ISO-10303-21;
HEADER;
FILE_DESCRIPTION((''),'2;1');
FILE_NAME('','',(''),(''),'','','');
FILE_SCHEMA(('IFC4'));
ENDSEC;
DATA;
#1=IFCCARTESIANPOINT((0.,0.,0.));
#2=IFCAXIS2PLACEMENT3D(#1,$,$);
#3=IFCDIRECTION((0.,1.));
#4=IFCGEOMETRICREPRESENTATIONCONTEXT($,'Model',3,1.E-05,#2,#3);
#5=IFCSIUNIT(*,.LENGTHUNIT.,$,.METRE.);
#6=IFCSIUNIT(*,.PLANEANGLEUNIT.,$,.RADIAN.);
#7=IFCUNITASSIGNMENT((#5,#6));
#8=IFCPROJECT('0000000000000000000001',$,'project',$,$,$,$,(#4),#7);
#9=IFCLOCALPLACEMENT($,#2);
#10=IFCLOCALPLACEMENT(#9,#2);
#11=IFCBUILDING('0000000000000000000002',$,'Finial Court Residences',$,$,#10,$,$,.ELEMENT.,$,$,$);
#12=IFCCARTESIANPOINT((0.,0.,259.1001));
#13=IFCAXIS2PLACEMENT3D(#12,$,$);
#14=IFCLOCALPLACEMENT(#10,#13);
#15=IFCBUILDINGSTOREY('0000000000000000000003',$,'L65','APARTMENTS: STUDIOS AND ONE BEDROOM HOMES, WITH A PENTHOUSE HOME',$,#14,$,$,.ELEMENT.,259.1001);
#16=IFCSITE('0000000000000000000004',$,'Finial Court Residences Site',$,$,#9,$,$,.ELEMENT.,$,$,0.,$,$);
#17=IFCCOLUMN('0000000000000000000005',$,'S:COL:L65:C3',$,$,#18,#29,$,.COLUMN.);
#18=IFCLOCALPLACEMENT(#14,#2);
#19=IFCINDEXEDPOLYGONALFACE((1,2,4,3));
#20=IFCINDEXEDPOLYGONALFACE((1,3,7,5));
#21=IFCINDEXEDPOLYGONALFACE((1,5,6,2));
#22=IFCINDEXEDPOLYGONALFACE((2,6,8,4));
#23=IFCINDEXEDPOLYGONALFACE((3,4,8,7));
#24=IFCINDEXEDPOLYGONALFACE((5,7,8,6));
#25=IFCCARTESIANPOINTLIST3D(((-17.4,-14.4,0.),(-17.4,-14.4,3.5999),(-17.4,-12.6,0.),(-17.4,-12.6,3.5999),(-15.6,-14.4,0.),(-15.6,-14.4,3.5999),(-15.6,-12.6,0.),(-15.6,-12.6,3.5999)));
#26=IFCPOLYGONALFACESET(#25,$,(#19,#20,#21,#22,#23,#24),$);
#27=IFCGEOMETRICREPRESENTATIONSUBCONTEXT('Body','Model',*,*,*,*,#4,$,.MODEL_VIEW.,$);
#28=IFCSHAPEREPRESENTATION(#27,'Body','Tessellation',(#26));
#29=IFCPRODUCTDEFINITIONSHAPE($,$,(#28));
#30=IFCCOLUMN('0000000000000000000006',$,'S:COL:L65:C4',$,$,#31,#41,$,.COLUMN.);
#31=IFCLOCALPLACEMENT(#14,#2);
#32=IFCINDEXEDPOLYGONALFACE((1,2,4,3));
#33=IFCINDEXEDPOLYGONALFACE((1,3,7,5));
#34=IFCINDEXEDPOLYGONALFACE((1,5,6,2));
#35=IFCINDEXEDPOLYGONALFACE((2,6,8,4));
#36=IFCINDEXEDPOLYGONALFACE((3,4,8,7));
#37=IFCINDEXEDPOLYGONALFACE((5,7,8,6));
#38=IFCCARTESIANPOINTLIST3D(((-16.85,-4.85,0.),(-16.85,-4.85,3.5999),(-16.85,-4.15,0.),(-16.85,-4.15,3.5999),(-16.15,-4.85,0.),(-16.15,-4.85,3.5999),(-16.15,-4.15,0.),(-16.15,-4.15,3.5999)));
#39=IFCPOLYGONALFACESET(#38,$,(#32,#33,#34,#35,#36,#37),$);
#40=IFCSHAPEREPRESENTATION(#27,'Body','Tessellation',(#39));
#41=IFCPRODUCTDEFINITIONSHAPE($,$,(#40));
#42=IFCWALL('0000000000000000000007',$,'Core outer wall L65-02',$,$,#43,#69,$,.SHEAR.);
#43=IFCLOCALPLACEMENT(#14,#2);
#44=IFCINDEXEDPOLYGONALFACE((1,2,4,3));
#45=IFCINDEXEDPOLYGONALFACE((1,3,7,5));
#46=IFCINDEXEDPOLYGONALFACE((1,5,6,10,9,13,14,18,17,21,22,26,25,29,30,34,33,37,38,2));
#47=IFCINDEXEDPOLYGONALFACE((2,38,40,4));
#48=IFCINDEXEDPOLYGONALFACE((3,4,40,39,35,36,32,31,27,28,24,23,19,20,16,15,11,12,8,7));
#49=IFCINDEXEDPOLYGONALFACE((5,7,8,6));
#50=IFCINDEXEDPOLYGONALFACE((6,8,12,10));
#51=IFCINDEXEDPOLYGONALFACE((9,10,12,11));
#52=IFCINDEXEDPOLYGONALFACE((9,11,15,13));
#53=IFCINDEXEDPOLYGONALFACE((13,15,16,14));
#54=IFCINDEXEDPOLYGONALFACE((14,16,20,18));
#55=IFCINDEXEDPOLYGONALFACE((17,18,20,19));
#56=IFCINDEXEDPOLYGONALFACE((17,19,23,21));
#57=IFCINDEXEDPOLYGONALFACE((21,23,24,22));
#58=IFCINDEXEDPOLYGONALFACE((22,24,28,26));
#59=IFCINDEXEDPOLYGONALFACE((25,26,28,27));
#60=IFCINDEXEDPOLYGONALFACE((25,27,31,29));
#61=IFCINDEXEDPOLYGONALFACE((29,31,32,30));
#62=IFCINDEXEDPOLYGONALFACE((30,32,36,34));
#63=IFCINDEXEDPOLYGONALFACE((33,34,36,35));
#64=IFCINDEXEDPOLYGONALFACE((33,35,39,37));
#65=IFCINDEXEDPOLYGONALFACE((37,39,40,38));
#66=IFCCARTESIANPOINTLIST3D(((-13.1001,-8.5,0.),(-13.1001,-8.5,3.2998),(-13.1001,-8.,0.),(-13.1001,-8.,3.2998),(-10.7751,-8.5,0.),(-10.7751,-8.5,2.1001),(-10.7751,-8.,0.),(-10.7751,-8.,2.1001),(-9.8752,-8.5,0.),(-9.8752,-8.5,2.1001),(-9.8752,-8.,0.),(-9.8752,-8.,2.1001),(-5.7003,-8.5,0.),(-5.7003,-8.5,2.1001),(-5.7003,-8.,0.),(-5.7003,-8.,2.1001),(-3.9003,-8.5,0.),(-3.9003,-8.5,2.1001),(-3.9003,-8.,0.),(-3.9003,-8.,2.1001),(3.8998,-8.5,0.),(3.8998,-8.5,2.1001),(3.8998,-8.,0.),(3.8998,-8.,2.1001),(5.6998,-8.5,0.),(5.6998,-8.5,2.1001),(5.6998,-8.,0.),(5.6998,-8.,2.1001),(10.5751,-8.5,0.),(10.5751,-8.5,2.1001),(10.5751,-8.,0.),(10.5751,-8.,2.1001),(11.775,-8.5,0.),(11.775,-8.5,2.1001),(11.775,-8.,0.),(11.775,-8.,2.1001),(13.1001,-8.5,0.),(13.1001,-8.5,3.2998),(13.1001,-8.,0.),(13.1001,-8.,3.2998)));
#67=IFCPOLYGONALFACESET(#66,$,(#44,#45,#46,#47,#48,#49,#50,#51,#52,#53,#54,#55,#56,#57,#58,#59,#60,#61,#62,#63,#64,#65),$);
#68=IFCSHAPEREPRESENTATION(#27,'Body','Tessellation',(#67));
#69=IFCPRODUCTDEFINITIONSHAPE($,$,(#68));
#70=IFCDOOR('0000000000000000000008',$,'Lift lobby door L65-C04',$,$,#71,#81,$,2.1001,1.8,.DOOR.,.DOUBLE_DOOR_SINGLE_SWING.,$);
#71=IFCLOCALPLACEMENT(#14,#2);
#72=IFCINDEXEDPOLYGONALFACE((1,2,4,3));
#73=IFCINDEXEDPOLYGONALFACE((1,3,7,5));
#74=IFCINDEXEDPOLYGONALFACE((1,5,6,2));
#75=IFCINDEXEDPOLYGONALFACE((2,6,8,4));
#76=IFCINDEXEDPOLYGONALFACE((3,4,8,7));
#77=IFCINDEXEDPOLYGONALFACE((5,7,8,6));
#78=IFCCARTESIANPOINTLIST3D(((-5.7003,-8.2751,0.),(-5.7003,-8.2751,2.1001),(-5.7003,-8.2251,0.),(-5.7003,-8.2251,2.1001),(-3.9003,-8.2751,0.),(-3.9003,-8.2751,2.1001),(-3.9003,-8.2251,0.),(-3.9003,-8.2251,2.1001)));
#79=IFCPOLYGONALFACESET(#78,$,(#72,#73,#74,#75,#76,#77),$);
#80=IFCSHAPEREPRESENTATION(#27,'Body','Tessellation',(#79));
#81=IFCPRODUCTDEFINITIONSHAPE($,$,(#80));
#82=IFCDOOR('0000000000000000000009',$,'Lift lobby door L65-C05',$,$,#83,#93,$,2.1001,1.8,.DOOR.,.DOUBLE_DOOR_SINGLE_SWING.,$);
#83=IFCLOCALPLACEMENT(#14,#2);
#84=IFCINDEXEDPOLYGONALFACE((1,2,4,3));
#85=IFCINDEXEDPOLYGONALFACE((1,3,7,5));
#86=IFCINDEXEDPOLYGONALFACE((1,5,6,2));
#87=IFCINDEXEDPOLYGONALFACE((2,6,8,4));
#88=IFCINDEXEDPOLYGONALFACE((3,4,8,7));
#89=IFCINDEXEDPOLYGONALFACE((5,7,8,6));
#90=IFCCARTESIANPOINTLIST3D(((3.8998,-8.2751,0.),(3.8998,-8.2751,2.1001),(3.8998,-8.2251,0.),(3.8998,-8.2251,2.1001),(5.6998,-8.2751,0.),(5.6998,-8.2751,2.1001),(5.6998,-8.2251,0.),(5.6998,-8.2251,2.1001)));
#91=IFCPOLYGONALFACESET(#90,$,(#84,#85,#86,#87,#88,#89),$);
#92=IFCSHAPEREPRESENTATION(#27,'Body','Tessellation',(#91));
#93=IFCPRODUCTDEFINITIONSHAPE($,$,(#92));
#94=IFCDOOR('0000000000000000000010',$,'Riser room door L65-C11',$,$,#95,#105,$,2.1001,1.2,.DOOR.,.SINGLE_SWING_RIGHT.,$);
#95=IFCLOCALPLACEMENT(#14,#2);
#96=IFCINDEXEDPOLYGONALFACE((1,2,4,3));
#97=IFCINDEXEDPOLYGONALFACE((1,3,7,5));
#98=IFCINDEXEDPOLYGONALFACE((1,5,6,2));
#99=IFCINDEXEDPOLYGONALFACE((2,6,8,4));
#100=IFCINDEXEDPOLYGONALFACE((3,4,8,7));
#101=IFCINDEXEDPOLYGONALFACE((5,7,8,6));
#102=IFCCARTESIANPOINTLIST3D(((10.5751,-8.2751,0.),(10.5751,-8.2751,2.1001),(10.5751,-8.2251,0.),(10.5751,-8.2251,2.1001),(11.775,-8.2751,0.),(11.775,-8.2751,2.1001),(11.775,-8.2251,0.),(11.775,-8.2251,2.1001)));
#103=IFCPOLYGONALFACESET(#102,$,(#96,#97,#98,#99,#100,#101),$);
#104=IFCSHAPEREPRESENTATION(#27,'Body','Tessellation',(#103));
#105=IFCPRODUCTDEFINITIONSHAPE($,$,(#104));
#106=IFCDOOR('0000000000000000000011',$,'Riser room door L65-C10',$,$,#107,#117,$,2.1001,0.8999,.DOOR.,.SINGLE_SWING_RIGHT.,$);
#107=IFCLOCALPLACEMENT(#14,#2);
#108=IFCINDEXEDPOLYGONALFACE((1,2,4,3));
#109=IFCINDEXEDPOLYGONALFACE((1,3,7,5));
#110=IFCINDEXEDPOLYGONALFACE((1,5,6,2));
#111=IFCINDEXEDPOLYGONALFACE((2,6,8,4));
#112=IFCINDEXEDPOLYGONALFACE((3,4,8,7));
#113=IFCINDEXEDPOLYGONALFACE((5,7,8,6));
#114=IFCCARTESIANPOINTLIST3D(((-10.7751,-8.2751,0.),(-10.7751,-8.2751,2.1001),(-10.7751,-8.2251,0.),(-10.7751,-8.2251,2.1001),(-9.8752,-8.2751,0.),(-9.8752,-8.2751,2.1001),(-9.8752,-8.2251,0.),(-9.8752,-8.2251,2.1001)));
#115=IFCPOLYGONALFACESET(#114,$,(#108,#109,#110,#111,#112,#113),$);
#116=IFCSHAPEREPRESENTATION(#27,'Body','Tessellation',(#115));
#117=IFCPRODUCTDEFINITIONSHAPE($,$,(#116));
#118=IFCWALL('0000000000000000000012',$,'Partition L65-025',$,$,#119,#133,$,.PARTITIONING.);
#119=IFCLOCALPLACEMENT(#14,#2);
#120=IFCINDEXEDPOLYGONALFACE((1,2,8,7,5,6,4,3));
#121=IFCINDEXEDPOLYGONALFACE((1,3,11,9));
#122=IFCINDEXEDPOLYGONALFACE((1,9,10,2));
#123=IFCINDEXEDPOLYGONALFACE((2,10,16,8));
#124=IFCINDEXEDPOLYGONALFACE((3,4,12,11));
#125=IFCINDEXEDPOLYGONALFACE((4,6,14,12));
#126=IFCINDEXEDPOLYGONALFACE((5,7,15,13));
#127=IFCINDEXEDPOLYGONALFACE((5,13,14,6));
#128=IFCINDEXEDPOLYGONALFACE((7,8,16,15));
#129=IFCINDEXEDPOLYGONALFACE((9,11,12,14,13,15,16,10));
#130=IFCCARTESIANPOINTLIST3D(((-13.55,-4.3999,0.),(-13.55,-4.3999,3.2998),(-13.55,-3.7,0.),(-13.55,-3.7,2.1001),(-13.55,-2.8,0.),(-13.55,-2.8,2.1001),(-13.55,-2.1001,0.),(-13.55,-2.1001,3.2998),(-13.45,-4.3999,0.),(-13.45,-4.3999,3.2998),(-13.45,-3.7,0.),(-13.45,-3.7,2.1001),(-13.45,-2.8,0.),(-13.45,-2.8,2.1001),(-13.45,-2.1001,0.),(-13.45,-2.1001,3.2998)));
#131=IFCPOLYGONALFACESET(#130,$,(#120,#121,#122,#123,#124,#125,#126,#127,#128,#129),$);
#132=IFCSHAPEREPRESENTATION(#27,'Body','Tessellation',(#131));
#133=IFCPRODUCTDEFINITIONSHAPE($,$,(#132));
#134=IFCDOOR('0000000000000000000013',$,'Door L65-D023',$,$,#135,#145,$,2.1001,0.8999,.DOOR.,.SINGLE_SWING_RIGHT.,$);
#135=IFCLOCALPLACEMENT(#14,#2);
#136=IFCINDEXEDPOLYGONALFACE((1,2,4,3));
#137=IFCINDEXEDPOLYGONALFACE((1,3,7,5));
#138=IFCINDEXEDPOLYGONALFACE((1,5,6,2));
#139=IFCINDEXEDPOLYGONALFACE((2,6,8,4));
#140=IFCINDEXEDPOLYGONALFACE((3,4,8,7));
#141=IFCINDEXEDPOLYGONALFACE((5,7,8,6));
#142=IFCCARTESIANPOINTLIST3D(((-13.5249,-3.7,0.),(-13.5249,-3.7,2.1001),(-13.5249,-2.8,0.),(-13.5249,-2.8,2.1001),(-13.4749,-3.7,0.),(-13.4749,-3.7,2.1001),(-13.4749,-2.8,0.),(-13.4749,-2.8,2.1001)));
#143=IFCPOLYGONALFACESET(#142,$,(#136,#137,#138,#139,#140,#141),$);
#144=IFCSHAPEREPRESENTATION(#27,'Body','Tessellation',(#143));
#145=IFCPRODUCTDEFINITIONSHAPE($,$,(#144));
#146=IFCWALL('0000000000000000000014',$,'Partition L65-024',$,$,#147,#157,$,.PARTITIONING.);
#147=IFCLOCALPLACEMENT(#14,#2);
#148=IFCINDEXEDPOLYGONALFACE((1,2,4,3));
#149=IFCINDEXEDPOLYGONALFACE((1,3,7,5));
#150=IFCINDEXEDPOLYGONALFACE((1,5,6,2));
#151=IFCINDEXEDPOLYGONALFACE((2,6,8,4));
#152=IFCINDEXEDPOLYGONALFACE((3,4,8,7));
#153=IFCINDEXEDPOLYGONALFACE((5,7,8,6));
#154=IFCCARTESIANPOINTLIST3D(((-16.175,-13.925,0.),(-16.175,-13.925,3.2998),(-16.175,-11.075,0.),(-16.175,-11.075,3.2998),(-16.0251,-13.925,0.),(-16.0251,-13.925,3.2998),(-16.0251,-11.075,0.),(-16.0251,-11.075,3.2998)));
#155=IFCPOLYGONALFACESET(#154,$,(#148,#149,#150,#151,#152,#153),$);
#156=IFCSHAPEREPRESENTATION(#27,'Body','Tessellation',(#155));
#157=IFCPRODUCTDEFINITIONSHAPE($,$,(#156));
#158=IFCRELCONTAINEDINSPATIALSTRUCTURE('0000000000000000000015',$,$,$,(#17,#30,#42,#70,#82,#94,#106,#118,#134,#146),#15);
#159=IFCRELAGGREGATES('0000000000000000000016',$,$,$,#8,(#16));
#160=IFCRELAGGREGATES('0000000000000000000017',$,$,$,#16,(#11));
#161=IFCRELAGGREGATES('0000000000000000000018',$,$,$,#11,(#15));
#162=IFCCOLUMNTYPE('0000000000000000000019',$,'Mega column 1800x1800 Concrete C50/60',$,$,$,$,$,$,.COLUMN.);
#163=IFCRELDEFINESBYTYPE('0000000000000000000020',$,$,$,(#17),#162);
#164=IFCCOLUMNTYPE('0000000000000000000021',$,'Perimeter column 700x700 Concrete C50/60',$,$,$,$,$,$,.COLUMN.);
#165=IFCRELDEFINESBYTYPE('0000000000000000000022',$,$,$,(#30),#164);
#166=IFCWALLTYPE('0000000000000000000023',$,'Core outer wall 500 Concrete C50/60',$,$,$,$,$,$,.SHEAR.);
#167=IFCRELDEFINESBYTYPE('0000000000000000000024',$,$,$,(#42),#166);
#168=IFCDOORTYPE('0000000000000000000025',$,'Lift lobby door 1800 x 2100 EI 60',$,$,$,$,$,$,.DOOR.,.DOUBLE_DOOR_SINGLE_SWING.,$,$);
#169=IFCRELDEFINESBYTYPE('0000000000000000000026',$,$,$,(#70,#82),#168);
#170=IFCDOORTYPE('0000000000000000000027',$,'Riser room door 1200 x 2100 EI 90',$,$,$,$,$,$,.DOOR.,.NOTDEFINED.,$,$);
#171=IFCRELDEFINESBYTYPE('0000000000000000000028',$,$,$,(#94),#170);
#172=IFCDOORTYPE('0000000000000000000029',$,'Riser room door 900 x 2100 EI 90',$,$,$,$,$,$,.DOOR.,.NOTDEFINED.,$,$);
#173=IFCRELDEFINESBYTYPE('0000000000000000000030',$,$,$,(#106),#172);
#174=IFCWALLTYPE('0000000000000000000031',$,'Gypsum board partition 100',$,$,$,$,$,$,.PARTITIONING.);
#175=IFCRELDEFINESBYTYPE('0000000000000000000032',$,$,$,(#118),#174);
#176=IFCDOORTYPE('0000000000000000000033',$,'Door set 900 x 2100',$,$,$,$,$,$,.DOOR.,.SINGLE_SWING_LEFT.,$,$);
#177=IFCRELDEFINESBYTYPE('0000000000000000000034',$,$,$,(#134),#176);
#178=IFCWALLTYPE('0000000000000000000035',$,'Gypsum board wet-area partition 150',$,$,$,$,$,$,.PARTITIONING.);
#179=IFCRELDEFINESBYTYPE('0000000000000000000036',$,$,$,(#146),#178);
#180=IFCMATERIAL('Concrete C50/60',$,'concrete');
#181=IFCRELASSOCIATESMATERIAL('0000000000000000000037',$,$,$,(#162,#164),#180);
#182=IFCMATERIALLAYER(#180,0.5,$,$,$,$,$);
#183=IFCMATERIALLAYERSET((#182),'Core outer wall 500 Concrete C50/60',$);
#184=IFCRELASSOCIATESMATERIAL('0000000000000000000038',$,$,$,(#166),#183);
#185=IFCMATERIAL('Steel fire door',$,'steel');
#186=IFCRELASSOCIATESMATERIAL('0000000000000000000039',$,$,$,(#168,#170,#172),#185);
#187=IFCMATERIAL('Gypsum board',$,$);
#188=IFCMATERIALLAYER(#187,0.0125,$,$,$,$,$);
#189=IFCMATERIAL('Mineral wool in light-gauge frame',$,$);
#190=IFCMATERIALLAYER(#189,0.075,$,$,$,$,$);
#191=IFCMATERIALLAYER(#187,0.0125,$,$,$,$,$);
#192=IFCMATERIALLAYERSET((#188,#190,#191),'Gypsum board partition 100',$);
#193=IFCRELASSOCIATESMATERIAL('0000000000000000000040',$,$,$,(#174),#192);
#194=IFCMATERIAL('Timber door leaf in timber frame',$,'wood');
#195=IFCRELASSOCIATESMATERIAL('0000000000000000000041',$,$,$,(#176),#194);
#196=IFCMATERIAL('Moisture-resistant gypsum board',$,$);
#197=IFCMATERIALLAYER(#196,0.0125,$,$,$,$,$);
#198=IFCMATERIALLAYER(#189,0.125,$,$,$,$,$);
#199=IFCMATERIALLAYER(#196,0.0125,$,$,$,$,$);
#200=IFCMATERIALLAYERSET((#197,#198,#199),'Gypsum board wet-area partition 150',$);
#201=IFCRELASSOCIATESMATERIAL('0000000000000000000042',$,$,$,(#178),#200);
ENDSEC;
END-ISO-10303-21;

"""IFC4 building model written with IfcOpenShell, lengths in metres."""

from ifc_helpers import new_model, si_unit, direction, frame, frame_2d, origin, origin_2d, place, context, subcontext, project, spatial, rectangle, extrude, material, layer, layer_set, material_profile, profile_set, type_object, element, fill, save


model = new_model("IFC4")

# Units and contexts
model_context = context("Model", 3, precision=1e-05, world=origin(), true_north=direction((0.0, 1.0)))
body_context = subcontext(model_context, "Body", "Model", "MODEL_VIEW")
ifc_project = project(units=[si_unit("LENGTHUNIT", "METRE"), si_unit("PLANEANGLEUNIT", "RADIAN")], contexts=[model_context])

# Site, building, storey
site_placement = place(None, origin())
site = spatial("IfcSite", under=ifc_project, at=site_placement, Name="Finial Court Residences Site", CompositionType="ELEMENT", RefElevation=0.0)
building_placement = place(site_placement, origin())
building = spatial("IfcBuilding", under=site, at=building_placement, Name="Finial Court Residences", CompositionType="ELEMENT")
storey_placement = place(building_placement, frame((0.0, 0.0, 259.1001)))
storey = spatial("IfcBuildingStorey", under=building, at=storey_placement, Name="L65", Description="APARTMENTS: STUDIOS AND ONE BEDROOM HOMES, WITH A PENTHOUSE HOME", CompositionType="ELEMENT", Elevation=259.1001)

# Columns
ifc_material_1 = material(Name="Concrete C50/60", Category="concrete")
ifc_material_profile_1 = material_profile(ifc_material_1, rectangle(XDim=1.8, YDim=1.8, at=origin_2d()), Name="1800x1800")
ifc_profile_set_1 = profile_set([ifc_material_profile_1], Name="Concrete C50/60")
column_type_1 = type_object("IfcColumnType", Name="Mega column 1800x1800 Concrete C50/60", PredefinedType="COLUMN", material=ifc_profile_set_1)
column_1_placement = place(storey_placement, frame((-16.5, -13.5, 0.0), z_axis=(0.0, 0.0, 1.0), x_axis=(1.0, 0.0, 0.0)))
element("IfcColumn", 1, at=column_1_placement, inside=storey, type_object=column_type_1, Name="S:COL:L65:C3", PredefinedType="COLUMN", context=body_context, shape_type="SweptSolid", body=[
    extrude(rectangle(XDim=1.8, YDim=1.8, at=origin_2d()), origin(), (0.0, 0.0, 1.0), 3.5999),
])
ifc_material_profile_2 = material_profile(ifc_material_1, rectangle(XDim=0.7, YDim=0.7, at=origin_2d()), Name="700x700")
ifc_profile_set_2 = profile_set([ifc_material_profile_2], Name="Concrete C50/60")
column_type_2 = type_object("IfcColumnType", Name="Perimeter column 700x700 Concrete C50/60", PredefinedType="COLUMN", material=ifc_profile_set_2)
column_2_placement = place(storey_placement, frame((-16.5, -4.5, 0.0), z_axis=(0.0, 0.0, 1.0), x_axis=(1.0, 0.0, 0.0)))
element("IfcColumn", 2, at=column_2_placement, inside=storey, type_object=column_type_2, Name="S:COL:L65:C4", PredefinedType="COLUMN", context=body_context, shape_type="SweptSolid", body=[
    extrude(rectangle(XDim=0.7, YDim=0.7, at=origin_2d()), origin(), (0.0, 0.0, 1.0), 3.5999),
])

# Wall, openings, doors
ifc_layer_1 = layer(ifc_material_1, 0.5)
ifc_layer_set_1 = layer_set([ifc_layer_1], Name="Core outer wall 500 Concrete C50/60")
wall_type_1 = type_object("IfcWallType", Name="Core outer wall 500 Concrete C50/60", PredefinedType="SHEAR", material=ifc_layer_set_1)
wall_1_placement = place(storey_placement, frame((-13.1001, -8.25, 0.0), z_axis=(0.0, 0.0, 1.0), x_axis=(1.0, 0.0, 0.0)))
wall_1 = element("IfcWall", 3, at=wall_1_placement, inside=storey, type_object=wall_type_1, Name="Core outer wall L65-02", PredefinedType="SHEAR", context=body_context, shape_type="SweptSolid", body=[
    extrude(rectangle(XDim=26.2002, YDim=0.5, at=frame_2d((13.1001, 0.0))), origin(), (0.0, 0.0, 1.0), 3.2998),
])
opening_1_placement = place(wall_1_placement, frame((7.3999, 0.0, 0.0)))
opening_1 = element("IfcOpeningElement", 4, at=opening_1_placement, cuts=wall_1, PredefinedType="OPENING", context=body_context, shape_type="SweptSolid", body=[
    extrude(rectangle(XDim=1.8, YDim=2.1001, at=frame_2d((0.8999, 1.05))), frame((0.0, 0.26, 0.0), z_axis=(0.0, -1.0, 0.0), x_axis=(1.0, 0.0, 0.0)), (0.0, 0.0, 1.0), 0.52),
])
opening_2_placement = place(wall_1_placement, frame((17.0, 0.0, 0.0)))
opening_2 = element("IfcOpeningElement", 5, at=opening_2_placement, cuts=wall_1, PredefinedType="OPENING", context=body_context, shape_type="SweptSolid", body=[
    extrude(rectangle(XDim=1.8, YDim=2.1001, at=frame_2d((0.8999, 1.05))), frame((0.0, 0.26, 0.0), z_axis=(0.0, -1.0, 0.0), x_axis=(1.0, 0.0, 0.0)), (0.0, 0.0, 1.0), 0.52),
])
opening_3_placement = place(wall_1_placement, frame((2.325, 0.0, 0.0)))
opening_3 = element("IfcOpeningElement", 6, at=opening_3_placement, cuts=wall_1, PredefinedType="OPENING", context=body_context, shape_type="SweptSolid", body=[
    extrude(rectangle(XDim=0.8999, YDim=2.1001, at=frame_2d((0.45, 1.05))), frame((0.0, 0.26, 0.0), z_axis=(0.0, -1.0, 0.0), x_axis=(1.0, 0.0, 0.0)), (0.0, 0.0, 1.0), 0.52),
])
opening_4_placement = place(wall_1_placement, frame((23.675, 0.0, 0.0)))
opening_4 = element("IfcOpeningElement", 7, at=opening_4_placement, cuts=wall_1, PredefinedType="OPENING", context=body_context, shape_type="SweptSolid", body=[
    extrude(rectangle(XDim=1.2, YDim=2.1001, at=frame_2d((0.6001, 1.05))), frame((0.0, 0.26, 0.0), z_axis=(0.0, -1.0, 0.0), x_axis=(1.0, 0.0, 0.0)), (0.0, 0.0, 1.0), 0.52),
])
ifc_material_2 = material(Name="Steel fire door", Category="steel")
door_type_1 = type_object("IfcDoorType", Name="Lift lobby door 1800 x 2100 EI 60", OperationType="DOUBLE_DOOR_SINGLE_SWING", PredefinedType="DOOR", material=ifc_material_2)
door_1_placement = place(opening_1_placement, origin())
door_1 = element("IfcDoor", 8, at=door_1_placement, inside=storey, type_object=door_type_1, Name="Lift lobby door L65-C04", OperationType="DOUBLE_DOOR_SINGLE_SWING", OverallHeight=2.1001, OverallWidth=1.8, PredefinedType="DOOR", context=body_context, shape_type="SweptSolid", body=[
    extrude(rectangle(XDim=1.8, YDim=2.1001, at=frame_2d((0.8999, 1.05))), frame((0.0, 0.0249, 0.0), z_axis=(0.0, -1.0, 0.0), x_axis=(1.0, 0.0, 0.0)), (0.0, 0.0, 1.0), 0.05),
])
fill(opening_1, door_1)
door_2_placement = place(opening_2_placement, origin())
door_2 = element("IfcDoor", 9, at=door_2_placement, inside=storey, type_object=door_type_1, Name="Lift lobby door L65-C05", OperationType="DOUBLE_DOOR_SINGLE_SWING", OverallHeight=2.1001, OverallWidth=1.8, PredefinedType="DOOR", context=body_context, shape_type="SweptSolid", body=[
    extrude(rectangle(XDim=1.8, YDim=2.1001, at=frame_2d((0.8999, 1.05))), frame((0.0, 0.0249, 0.0), z_axis=(0.0, -1.0, 0.0), x_axis=(1.0, 0.0, 0.0)), (0.0, 0.0, 1.0), 0.05),
])
fill(opening_2, door_2)
door_type_2 = type_object("IfcDoorType", Name="Riser room door 1200 x 2100 EI 90", OperationType="NOTDEFINED", PredefinedType="DOOR", material=ifc_material_2)
door_3_placement = place(opening_4_placement, origin())
door_3 = element("IfcDoor", 10, at=door_3_placement, inside=storey, type_object=door_type_2, Name="Riser room door L65-C11", OperationType="SINGLE_SWING_RIGHT", OverallHeight=2.1001, OverallWidth=1.2, PredefinedType="DOOR", context=body_context, shape_type="SweptSolid", body=[
    extrude(rectangle(XDim=1.2, YDim=2.1001, at=frame_2d((0.6001, 1.05))), frame((0.0, 0.0249, 0.0), z_axis=(0.0, -1.0, 0.0), x_axis=(1.0, 0.0, 0.0)), (0.0, 0.0, 1.0), 0.05),
])
fill(opening_4, door_3)
door_type_3 = type_object("IfcDoorType", Name="Riser room door 900 x 2100 EI 90", OperationType="NOTDEFINED", PredefinedType="DOOR", material=ifc_material_2)
door_4_placement = place(opening_3_placement, origin())
door_4 = element("IfcDoor", 11, at=door_4_placement, inside=storey, type_object=door_type_3, Name="Riser room door L65-C10", OperationType="SINGLE_SWING_RIGHT", OverallHeight=2.1001, OverallWidth=0.8999, PredefinedType="DOOR", context=body_context, shape_type="SweptSolid", body=[
    extrude(rectangle(XDim=0.8999, YDim=2.1001, at=frame_2d((0.45, 1.05))), frame((0.0, 0.0249, 0.0), z_axis=(0.0, -1.0, 0.0), x_axis=(1.0, 0.0, 0.0)), (0.0, 0.0, 1.0), 0.05),
])
fill(opening_3, door_4)

# Wall, opening, door
ifc_material_3 = material(Name="Gypsum board")
ifc_layer_2 = layer(ifc_material_3, 0.0125)
ifc_material_4 = material(Name="Mineral wool in light-gauge frame")
ifc_layer_3 = layer(ifc_material_4, 0.075)
ifc_layer_4 = layer(ifc_material_3, 0.0125)
ifc_layer_set_2 = layer_set([ifc_layer_2, ifc_layer_3, ifc_layer_4], Name="Gypsum board partition 100")
wall_type_2 = type_object("IfcWallType", Name="Gypsum board partition 100", PredefinedType="PARTITIONING", material=ifc_layer_set_2)
wall_2_placement = place(storey_placement, frame((-13.5, -4.3999, 0.0), z_axis=(0.0, 0.0, 1.0), x_axis=(0.0, 1.0, 0.0)))
wall_2 = element("IfcWall", 12, at=wall_2_placement, inside=storey, type_object=wall_type_2, Name="Partition L65-025", PredefinedType="PARTITIONING", context=body_context, shape_type="SweptSolid", body=[
    extrude(rectangle(XDim=2.2998, YDim=0.1001, at=frame_2d((1.1499, 0.0))), origin(), (0.0, 0.0, 1.0), 3.2998),
])
opening_5_placement = place(wall_2_placement, frame((0.7, 0.0, 0.0)))
opening_5 = element("IfcOpeningElement", 13, at=opening_5_placement, cuts=wall_2, PredefinedType="OPENING", context=body_context, shape_type="SweptSolid", body=[
    extrude(rectangle(XDim=0.8999, YDim=2.1001, at=frame_2d((0.45, 1.05))), frame((0.0, 0.0601, 0.0), z_axis=(0.0, -1.0, 0.0), x_axis=(1.0, 0.0, 0.0)), (0.0, 0.0, 1.0), 0.1201),
])
ifc_material_5 = material(Name="Timber door leaf in timber frame", Category="wood")
door_type_4 = type_object("IfcDoorType", Name="Door set 900 x 2100", OperationType="SINGLE_SWING_LEFT", PredefinedType="DOOR", material=ifc_material_5)
door_5_placement = place(opening_5_placement, origin())
door_5 = element("IfcDoor", 14, at=door_5_placement, inside=storey, type_object=door_type_4, Name="Door L65-D023", OperationType="SINGLE_SWING_RIGHT", OverallHeight=2.1001, OverallWidth=0.8999, PredefinedType="DOOR", context=body_context, shape_type="SweptSolid", body=[
    extrude(rectangle(XDim=0.8999, YDim=2.1001, at=frame_2d((0.45, 1.05))), frame((0.0, 0.0249, 0.0), z_axis=(0.0, -1.0, 0.0), x_axis=(1.0, 0.0, 0.0)), (0.0, 0.0, 1.0), 0.05),
])
fill(opening_5, door_5)

# Wall
ifc_material_6 = material(Name="Moisture-resistant gypsum board")
ifc_layer_5 = layer(ifc_material_6, 0.0125)
ifc_layer_6 = layer(ifc_material_4, 0.125)
ifc_layer_7 = layer(ifc_material_6, 0.0125)
ifc_layer_set_3 = layer_set([ifc_layer_5, ifc_layer_6, ifc_layer_7], Name="Gypsum board wet-area partition 150")
wall_type_3 = type_object("IfcWallType", Name="Gypsum board wet-area partition 150", PredefinedType="PARTITIONING", material=ifc_layer_set_3)
wall_3_placement = place(storey_placement, frame((-16.1001, -13.925, 0.0), z_axis=(0.0, 0.0, 1.0), x_axis=(0.0, 1.0, 0.0)))
element("IfcWall", 15, at=wall_3_placement, inside=storey, type_object=wall_type_3, Name="Partition L65-024", PredefinedType="PARTITIONING", context=body_context, shape_type="SweptSolid", body=[
    extrude(rectangle(XDim=2.8501, YDim=0.1499, at=frame_2d((1.425, 0.0))), origin(), (0.0, 0.0, 1.0), 3.2998),
])

save(model, "model.ifc")
